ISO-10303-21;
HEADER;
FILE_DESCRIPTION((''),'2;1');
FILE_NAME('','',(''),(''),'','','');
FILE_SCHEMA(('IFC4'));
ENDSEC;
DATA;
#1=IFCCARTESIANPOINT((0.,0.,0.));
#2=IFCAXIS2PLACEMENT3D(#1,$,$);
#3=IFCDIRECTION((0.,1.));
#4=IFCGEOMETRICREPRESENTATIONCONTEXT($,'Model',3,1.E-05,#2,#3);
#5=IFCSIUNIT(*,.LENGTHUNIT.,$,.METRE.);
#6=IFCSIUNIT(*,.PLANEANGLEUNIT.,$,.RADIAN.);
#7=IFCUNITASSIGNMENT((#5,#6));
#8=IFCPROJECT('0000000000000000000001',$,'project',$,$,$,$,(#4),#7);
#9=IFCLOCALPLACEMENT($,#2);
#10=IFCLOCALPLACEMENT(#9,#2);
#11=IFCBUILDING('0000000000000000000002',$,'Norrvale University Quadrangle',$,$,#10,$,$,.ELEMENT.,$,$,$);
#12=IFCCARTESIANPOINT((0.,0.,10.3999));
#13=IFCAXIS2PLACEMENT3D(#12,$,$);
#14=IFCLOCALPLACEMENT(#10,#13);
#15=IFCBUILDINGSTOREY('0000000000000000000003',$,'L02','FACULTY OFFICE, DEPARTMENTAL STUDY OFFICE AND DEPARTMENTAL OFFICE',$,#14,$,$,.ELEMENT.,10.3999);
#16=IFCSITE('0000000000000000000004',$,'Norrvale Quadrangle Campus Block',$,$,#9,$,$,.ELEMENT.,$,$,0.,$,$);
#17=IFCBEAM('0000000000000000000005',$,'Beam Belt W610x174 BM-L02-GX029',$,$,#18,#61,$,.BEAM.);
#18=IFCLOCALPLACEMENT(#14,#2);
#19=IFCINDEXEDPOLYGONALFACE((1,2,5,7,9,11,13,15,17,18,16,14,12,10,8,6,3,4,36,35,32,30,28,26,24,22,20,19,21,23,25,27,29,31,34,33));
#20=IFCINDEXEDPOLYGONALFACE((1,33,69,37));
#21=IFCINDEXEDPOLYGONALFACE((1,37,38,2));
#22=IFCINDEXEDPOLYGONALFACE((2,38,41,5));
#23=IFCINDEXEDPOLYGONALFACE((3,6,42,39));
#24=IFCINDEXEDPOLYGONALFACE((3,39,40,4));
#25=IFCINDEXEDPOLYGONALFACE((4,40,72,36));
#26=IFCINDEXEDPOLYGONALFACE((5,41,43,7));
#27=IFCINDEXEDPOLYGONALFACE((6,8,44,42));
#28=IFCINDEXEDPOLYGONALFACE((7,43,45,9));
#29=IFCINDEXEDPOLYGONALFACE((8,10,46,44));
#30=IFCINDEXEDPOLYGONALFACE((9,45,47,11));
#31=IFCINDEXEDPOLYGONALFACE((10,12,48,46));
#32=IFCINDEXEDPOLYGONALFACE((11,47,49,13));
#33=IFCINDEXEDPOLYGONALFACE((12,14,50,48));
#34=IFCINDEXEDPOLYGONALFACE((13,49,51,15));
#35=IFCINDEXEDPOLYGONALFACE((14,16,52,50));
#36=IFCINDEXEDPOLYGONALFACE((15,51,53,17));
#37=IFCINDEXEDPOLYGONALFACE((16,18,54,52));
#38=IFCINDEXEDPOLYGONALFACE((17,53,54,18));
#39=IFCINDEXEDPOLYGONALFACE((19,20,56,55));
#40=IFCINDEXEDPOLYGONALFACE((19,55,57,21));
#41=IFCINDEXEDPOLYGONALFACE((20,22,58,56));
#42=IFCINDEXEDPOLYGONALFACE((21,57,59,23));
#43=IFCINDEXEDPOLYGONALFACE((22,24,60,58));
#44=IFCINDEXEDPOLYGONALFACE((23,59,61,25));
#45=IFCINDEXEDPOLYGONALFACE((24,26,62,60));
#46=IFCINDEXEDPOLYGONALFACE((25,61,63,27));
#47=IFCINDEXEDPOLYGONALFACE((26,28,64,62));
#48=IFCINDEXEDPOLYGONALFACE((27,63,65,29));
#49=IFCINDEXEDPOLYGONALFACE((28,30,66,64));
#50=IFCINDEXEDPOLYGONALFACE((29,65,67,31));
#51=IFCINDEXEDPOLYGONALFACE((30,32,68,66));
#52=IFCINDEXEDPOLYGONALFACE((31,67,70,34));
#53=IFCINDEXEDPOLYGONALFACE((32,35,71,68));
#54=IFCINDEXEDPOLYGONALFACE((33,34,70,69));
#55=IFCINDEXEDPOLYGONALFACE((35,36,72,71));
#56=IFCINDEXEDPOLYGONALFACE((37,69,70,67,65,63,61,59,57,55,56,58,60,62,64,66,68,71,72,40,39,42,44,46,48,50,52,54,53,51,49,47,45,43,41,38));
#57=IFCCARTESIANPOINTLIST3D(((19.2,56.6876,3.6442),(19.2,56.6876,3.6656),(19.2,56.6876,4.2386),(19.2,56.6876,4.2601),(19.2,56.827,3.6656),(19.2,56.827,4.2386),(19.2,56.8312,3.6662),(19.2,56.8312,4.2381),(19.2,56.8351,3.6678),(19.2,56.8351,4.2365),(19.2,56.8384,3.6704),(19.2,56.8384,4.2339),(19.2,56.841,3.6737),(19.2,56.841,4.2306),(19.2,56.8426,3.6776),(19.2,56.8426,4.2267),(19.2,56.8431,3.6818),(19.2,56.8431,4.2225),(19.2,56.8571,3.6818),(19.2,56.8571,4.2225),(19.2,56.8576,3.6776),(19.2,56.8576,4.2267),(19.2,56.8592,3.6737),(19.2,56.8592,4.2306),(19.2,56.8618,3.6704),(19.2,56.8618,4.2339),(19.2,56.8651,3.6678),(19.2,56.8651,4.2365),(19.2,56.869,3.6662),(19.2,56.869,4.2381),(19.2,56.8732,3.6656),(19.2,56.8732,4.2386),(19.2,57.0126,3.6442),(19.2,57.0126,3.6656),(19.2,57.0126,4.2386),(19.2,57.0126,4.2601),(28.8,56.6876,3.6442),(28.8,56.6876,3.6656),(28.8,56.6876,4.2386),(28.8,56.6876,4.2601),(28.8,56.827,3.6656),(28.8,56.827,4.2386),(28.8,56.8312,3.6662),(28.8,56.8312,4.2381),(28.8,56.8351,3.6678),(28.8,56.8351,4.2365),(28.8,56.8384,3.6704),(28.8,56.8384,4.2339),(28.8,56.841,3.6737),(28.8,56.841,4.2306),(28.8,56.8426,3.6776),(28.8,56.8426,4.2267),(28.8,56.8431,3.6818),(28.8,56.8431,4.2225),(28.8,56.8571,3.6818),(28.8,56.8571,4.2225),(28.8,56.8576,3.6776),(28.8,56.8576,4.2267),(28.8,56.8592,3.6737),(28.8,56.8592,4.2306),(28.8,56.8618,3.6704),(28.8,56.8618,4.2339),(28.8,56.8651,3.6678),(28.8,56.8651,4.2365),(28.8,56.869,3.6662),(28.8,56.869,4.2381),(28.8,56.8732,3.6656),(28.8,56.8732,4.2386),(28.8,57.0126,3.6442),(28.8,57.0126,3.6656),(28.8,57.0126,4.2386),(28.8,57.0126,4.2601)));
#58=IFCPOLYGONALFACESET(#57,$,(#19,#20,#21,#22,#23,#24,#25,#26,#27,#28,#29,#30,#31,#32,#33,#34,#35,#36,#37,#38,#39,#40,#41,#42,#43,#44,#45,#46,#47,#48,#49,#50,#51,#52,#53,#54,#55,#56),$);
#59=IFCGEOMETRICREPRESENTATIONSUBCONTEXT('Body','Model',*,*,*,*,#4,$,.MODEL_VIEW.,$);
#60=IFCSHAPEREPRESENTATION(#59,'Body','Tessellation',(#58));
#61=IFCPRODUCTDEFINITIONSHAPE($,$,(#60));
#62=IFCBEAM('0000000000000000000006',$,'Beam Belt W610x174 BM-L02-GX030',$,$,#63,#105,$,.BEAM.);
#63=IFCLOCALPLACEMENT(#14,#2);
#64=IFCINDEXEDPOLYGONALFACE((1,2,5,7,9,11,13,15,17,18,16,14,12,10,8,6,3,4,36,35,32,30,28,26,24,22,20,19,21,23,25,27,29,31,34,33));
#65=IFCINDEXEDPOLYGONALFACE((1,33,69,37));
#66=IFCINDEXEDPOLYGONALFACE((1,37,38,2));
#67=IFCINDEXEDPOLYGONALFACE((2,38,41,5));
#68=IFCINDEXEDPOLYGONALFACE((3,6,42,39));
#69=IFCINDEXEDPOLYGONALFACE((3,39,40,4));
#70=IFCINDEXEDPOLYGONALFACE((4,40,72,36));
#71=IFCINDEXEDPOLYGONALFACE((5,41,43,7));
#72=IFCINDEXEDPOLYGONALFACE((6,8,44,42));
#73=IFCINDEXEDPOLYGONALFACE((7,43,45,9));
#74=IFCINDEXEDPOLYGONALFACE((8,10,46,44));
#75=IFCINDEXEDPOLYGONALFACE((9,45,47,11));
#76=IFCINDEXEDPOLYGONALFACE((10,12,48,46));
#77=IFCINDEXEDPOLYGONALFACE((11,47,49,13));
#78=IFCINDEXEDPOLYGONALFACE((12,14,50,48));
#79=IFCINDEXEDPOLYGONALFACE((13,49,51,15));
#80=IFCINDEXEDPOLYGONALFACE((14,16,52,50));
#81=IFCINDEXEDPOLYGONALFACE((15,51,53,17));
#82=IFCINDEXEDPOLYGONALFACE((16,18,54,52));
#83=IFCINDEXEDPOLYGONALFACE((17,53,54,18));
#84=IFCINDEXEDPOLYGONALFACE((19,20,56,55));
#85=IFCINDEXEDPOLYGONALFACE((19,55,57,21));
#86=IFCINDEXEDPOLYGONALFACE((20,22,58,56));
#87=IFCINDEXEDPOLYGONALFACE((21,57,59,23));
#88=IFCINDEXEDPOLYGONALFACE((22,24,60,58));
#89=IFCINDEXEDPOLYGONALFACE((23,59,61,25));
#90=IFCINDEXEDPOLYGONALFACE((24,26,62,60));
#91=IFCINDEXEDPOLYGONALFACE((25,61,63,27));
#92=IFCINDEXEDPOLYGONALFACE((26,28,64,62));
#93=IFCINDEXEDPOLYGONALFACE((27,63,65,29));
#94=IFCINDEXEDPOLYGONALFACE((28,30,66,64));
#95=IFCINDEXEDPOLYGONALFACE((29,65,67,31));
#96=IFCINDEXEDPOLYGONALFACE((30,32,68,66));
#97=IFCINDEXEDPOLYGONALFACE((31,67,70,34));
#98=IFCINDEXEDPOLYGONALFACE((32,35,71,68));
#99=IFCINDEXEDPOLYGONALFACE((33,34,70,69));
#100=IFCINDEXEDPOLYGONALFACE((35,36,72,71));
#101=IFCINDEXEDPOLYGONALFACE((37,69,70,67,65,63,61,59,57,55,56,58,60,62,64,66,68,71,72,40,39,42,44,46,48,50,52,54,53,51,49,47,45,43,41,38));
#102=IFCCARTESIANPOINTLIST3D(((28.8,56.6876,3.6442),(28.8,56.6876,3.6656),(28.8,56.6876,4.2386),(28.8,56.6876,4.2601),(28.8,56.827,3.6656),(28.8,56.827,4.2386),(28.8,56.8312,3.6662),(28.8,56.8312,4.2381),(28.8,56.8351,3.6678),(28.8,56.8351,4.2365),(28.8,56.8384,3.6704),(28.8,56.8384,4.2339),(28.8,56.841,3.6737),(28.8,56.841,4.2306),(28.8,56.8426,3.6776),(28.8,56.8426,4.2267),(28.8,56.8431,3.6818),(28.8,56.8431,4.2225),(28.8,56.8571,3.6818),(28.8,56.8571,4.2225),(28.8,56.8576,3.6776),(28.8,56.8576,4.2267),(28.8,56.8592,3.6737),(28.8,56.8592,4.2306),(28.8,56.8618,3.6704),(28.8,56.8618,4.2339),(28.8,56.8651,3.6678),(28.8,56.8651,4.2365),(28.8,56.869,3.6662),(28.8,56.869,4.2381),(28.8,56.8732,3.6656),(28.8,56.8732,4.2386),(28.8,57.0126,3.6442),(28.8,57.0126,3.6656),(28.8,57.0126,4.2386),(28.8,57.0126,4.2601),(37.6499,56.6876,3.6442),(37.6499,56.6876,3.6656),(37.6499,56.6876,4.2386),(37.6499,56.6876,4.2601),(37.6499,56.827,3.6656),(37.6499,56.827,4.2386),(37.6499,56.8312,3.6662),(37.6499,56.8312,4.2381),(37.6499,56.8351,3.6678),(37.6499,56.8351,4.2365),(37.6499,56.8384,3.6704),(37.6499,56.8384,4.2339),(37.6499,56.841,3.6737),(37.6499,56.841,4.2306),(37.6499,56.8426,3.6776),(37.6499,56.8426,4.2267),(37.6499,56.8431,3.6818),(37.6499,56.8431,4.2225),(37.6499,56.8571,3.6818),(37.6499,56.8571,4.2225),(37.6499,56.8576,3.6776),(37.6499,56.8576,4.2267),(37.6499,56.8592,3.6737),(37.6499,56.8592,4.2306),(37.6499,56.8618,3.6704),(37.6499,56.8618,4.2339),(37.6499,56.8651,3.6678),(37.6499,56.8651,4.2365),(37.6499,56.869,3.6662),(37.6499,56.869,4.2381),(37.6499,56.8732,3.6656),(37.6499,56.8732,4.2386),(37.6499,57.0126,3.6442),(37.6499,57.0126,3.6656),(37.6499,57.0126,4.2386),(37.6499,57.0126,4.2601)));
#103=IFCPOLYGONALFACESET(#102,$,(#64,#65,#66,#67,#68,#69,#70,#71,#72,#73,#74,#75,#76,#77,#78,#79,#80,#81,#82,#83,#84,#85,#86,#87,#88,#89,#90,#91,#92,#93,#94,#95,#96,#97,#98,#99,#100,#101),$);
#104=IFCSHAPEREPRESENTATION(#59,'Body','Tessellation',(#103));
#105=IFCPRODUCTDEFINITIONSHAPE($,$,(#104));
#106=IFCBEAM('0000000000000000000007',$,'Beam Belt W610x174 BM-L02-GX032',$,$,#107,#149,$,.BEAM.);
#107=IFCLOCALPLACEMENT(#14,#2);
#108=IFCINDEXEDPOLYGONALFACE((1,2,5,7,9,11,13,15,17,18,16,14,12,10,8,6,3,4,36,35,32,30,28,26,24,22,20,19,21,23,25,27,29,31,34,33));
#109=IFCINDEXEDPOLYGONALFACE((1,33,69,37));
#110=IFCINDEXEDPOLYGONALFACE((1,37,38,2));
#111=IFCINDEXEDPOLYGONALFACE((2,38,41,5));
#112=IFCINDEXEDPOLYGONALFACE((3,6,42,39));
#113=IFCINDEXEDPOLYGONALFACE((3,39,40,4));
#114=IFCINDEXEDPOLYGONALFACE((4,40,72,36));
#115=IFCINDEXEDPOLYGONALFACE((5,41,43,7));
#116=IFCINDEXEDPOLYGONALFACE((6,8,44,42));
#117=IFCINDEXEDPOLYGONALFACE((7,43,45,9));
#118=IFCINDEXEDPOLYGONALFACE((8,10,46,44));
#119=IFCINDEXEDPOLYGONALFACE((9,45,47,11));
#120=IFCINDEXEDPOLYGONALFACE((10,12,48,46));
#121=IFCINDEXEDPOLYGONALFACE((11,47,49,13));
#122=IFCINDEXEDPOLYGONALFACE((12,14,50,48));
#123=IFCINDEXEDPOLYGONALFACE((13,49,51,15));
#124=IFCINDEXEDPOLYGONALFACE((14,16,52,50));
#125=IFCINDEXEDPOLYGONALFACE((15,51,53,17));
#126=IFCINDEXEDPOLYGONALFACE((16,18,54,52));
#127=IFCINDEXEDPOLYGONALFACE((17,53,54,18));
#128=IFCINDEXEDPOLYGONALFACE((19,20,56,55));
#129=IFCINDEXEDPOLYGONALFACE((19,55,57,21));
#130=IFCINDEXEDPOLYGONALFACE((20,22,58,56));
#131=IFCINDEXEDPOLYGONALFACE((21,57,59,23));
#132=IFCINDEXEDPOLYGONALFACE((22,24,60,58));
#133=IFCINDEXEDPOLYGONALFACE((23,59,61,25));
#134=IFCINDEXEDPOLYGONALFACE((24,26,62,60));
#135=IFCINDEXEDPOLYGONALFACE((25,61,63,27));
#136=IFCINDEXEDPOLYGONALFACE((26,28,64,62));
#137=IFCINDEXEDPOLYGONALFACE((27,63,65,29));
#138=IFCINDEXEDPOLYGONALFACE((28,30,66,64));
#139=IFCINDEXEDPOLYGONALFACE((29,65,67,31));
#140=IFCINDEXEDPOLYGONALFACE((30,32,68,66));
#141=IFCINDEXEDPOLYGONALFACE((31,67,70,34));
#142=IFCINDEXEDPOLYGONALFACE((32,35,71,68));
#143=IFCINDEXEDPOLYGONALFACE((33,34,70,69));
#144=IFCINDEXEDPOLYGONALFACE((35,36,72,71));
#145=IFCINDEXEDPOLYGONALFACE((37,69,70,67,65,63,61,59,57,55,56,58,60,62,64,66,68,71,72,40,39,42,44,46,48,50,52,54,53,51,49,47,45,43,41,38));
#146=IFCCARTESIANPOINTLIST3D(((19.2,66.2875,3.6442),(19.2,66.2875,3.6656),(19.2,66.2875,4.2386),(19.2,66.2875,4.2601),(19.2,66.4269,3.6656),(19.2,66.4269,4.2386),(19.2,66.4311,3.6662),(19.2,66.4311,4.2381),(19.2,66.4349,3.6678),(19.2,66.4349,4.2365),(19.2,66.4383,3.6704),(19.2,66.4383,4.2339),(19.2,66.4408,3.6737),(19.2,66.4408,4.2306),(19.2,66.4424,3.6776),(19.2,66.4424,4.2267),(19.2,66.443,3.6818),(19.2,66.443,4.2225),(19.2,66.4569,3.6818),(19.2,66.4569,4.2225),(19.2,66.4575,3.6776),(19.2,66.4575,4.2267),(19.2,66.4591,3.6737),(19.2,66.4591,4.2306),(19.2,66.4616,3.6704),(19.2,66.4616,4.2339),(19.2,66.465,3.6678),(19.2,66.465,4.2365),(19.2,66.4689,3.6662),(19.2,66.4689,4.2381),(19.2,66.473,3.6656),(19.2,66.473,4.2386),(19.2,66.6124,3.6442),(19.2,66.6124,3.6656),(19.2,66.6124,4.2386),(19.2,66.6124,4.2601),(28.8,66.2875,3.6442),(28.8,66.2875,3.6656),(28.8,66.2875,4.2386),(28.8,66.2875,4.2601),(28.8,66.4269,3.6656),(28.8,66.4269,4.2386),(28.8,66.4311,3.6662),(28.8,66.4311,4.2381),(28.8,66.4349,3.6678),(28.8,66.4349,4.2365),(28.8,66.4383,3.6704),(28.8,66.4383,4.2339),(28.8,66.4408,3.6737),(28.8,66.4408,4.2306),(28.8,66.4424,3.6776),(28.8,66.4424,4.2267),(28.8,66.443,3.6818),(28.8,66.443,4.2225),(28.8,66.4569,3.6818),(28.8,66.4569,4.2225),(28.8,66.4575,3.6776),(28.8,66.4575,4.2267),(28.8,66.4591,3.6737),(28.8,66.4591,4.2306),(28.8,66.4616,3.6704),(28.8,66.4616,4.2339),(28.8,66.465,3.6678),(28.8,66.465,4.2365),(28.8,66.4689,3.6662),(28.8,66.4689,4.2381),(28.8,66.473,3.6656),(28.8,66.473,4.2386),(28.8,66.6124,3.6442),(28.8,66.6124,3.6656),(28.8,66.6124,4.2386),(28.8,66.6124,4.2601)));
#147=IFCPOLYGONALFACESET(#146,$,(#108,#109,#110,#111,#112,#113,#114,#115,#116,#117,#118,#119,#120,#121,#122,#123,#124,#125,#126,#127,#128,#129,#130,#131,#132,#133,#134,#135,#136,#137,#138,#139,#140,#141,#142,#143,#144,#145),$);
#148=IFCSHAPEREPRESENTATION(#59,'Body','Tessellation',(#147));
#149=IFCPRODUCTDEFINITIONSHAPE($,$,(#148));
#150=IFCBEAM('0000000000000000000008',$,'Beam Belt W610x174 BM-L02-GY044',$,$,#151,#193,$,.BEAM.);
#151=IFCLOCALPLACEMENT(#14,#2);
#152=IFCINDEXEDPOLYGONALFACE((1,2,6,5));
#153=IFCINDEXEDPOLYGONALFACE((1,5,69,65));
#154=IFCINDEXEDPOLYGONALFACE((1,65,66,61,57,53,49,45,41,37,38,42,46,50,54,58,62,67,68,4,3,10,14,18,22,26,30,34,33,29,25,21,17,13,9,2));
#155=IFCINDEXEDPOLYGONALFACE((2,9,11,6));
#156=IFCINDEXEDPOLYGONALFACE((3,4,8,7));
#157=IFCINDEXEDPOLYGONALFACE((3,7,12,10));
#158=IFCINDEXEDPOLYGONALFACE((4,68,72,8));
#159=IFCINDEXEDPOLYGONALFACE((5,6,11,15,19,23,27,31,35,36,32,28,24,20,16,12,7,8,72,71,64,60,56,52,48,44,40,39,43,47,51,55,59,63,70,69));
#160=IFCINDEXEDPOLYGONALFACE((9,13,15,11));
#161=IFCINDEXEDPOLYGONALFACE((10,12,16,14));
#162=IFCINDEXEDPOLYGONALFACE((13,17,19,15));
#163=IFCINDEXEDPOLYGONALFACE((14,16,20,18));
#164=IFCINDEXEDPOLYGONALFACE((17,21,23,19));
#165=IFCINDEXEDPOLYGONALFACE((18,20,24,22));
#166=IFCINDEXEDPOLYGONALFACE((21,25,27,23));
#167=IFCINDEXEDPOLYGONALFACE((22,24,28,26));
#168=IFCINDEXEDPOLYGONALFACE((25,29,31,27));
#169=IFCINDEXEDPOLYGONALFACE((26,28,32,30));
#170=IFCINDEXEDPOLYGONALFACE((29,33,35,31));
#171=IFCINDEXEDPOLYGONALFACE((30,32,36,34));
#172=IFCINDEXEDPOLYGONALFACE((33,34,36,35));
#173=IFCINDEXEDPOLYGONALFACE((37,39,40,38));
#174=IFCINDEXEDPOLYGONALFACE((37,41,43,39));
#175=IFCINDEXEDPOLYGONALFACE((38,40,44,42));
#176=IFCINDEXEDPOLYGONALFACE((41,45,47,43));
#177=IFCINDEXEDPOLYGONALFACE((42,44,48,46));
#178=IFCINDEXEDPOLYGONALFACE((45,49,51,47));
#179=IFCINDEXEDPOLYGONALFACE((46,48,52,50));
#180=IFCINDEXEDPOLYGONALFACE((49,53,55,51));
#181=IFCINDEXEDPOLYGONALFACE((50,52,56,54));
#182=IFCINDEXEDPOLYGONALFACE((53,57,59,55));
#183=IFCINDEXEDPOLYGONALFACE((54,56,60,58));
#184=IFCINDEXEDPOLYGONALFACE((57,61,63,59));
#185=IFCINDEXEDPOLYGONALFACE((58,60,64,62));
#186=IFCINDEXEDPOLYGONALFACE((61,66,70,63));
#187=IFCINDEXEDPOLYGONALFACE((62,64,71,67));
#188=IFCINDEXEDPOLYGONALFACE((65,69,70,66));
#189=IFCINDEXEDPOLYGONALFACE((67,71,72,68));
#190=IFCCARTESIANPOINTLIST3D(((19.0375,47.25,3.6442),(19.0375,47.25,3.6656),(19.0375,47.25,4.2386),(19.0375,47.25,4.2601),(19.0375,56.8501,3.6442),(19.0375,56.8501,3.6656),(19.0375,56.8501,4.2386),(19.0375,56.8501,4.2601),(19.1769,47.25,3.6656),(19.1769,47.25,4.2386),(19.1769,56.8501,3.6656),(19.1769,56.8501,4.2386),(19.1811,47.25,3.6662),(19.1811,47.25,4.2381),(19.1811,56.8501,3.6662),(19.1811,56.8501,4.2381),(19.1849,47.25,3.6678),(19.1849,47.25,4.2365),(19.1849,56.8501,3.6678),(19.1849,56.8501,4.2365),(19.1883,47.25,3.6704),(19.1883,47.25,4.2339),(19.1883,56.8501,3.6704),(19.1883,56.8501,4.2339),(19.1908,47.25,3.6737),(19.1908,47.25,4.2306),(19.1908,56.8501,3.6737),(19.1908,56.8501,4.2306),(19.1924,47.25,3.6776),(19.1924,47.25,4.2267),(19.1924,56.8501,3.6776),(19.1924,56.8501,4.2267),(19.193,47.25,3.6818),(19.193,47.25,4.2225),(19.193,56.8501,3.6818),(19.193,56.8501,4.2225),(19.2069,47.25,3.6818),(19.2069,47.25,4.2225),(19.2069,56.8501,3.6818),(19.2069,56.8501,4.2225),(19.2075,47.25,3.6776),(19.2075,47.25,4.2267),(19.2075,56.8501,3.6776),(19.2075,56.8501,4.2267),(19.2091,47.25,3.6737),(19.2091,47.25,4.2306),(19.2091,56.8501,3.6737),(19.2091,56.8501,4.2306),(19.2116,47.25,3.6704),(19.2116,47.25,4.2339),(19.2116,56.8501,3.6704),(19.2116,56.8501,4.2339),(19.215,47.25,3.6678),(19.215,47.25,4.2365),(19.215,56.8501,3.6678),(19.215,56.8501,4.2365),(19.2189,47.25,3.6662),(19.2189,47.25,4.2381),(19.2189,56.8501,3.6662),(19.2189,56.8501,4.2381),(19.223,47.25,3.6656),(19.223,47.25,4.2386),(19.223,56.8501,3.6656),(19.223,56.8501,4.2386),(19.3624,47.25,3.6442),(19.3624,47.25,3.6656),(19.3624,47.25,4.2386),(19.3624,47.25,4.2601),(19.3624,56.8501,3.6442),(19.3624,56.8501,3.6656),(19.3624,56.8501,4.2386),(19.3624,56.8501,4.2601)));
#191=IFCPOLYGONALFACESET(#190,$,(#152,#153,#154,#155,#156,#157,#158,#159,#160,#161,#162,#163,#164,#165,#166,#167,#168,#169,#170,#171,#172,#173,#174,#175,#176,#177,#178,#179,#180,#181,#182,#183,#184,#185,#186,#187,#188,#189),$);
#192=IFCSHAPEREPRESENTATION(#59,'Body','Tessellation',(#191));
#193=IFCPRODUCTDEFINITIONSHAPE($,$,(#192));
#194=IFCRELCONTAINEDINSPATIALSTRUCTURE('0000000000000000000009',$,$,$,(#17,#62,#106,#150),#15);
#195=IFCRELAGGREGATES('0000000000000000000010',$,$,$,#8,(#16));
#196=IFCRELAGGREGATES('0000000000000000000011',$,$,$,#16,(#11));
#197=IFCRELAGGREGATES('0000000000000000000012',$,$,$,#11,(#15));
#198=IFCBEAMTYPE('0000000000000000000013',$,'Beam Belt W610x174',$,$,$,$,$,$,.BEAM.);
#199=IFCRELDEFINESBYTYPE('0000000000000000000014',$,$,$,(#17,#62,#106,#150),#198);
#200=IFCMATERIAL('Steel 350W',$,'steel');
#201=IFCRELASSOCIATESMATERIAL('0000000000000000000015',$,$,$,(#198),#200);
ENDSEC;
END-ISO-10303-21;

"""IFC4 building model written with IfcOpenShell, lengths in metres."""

from ifc_helpers import new_model, si_unit, direction, frame, origin, origin_2d, place, context, subcontext, project, spatial, i_section, extrude, material, material_profile, profile_set, type_object, element, save


model = new_model("IFC4")

# Units and contexts
model_context = context("Model", 3, precision=1e-05, world=origin(), true_north=direction((0.0, 1.0)))
body_context = subcontext(model_context, "Body", "Model", "MODEL_VIEW")
ifc_project = project(units=[si_unit("LENGTHUNIT", "METRE"), si_unit("PLANEANGLEUNIT", "RADIAN")], contexts=[model_context])

# Site, building, storey
site_placement = place(None, origin())
site = spatial("IfcSite", under=ifc_project, at=site_placement, Name="Norrvale Quadrangle Campus Block", CompositionType="ELEMENT", RefElevation=0.0)
building_placement = place(site_placement, origin())
building = spatial("IfcBuilding", under=site, at=building_placement, Name="Norrvale University Quadrangle", CompositionType="ELEMENT")
storey_placement = place(building_placement, frame((0.0, 0.0, 10.3999)))
storey = spatial("IfcBuildingStorey", under=building, at=storey_placement, Name="L02", Description="FACULTY OFFICE, DEPARTMENTAL STUDY OFFICE AND DEPARTMENTAL OFFICE", CompositionType="ELEMENT", Elevation=10.3999)

# Beams
ifc_material_1 = material(Name="Steel 350W", Category="steel")
ifc_material_profile_1 = material_profile(ifc_material_1, i_section(OverallWidth=0.325, OverallDepth=0.616, WebThickness=0.0139, FlangeThickness=0.0215, FilletRadius=0.0161, at=origin_2d()), Name="Steel 350W")
ifc_profile_set_1 = profile_set([ifc_material_profile_1], Name="Steel 350W")
beam_type_1 = type_object("IfcBeamType", Name="Beam Belt W610x174", PredefinedType="BEAM", material=ifc_profile_set_1)
beam_1_placement = place(storey_placement, frame((19.2, 56.8501, 3.9521), z_axis=(1.0, 0.0, 0.0), x_axis=(0.0, 1.0, 0.0)))
element("IfcBeam", 1, at=beam_1_placement, inside=storey, type_object=beam_type_1, Name="Beam Belt W610x174 BM-L02-GX029", PredefinedType="BEAM", context=body_context, shape_type="SweptSolid", body=[
    extrude(i_section(OverallWidth=0.325, OverallDepth=0.616, WebThickness=0.0139, FlangeThickness=0.0215, FilletRadius=0.0161, at=origin_2d()), origin(), (0.0, 0.0, 1.0), 9.6001),
])
beam_2_placement = place(storey_placement, frame((28.8, 56.8501, 3.9521), z_axis=(1.0, 0.0, 0.0), x_axis=(0.0, 1.0, 0.0)))
element("IfcBeam", 2, at=beam_2_placement, inside=storey, type_object=beam_type_1, Name="Beam Belt W610x174 BM-L02-GX030", PredefinedType="BEAM", context=body_context, shape_type="SweptSolid", body=[
    extrude(i_section(OverallWidth=0.325, OverallDepth=0.616, WebThickness=0.0139, FlangeThickness=0.0215, FilletRadius=0.0161, at=origin_2d()), origin(), (0.0, 0.0, 1.0), 8.8499),
])
for number, where, z_axis, x_axis, name in (
    (3, (19.2, 66.45, 3.9521), (1.0, 0.0, 0.0), (0.0, 1.0, 0.0), "Beam Belt W610x174 BM-L02-GX032"),
    (4, (19.2, 47.25, 3.9521), (0.0, 1.0, 0.0), (-1.0, 0.0, 0.0), "Beam Belt W610x174 BM-L02-GY044"),
):
    element("IfcBeam", number, at=place(storey_placement, frame(where, z_axis=z_axis, x_axis=x_axis)), inside=storey, type_object=beam_type_1, Name=name, PredefinedType="BEAM", context=body_context, shape_type="SweptSolid", body=[
        extrude(i_section(OverallWidth=0.325, OverallDepth=0.616, WebThickness=0.0139, FlangeThickness=0.0215, FilletRadius=0.0161, at=origin_2d()), origin(), (0.0, 0.0, 1.0), 9.6001),
    ])

save(model, "model.ifc")
